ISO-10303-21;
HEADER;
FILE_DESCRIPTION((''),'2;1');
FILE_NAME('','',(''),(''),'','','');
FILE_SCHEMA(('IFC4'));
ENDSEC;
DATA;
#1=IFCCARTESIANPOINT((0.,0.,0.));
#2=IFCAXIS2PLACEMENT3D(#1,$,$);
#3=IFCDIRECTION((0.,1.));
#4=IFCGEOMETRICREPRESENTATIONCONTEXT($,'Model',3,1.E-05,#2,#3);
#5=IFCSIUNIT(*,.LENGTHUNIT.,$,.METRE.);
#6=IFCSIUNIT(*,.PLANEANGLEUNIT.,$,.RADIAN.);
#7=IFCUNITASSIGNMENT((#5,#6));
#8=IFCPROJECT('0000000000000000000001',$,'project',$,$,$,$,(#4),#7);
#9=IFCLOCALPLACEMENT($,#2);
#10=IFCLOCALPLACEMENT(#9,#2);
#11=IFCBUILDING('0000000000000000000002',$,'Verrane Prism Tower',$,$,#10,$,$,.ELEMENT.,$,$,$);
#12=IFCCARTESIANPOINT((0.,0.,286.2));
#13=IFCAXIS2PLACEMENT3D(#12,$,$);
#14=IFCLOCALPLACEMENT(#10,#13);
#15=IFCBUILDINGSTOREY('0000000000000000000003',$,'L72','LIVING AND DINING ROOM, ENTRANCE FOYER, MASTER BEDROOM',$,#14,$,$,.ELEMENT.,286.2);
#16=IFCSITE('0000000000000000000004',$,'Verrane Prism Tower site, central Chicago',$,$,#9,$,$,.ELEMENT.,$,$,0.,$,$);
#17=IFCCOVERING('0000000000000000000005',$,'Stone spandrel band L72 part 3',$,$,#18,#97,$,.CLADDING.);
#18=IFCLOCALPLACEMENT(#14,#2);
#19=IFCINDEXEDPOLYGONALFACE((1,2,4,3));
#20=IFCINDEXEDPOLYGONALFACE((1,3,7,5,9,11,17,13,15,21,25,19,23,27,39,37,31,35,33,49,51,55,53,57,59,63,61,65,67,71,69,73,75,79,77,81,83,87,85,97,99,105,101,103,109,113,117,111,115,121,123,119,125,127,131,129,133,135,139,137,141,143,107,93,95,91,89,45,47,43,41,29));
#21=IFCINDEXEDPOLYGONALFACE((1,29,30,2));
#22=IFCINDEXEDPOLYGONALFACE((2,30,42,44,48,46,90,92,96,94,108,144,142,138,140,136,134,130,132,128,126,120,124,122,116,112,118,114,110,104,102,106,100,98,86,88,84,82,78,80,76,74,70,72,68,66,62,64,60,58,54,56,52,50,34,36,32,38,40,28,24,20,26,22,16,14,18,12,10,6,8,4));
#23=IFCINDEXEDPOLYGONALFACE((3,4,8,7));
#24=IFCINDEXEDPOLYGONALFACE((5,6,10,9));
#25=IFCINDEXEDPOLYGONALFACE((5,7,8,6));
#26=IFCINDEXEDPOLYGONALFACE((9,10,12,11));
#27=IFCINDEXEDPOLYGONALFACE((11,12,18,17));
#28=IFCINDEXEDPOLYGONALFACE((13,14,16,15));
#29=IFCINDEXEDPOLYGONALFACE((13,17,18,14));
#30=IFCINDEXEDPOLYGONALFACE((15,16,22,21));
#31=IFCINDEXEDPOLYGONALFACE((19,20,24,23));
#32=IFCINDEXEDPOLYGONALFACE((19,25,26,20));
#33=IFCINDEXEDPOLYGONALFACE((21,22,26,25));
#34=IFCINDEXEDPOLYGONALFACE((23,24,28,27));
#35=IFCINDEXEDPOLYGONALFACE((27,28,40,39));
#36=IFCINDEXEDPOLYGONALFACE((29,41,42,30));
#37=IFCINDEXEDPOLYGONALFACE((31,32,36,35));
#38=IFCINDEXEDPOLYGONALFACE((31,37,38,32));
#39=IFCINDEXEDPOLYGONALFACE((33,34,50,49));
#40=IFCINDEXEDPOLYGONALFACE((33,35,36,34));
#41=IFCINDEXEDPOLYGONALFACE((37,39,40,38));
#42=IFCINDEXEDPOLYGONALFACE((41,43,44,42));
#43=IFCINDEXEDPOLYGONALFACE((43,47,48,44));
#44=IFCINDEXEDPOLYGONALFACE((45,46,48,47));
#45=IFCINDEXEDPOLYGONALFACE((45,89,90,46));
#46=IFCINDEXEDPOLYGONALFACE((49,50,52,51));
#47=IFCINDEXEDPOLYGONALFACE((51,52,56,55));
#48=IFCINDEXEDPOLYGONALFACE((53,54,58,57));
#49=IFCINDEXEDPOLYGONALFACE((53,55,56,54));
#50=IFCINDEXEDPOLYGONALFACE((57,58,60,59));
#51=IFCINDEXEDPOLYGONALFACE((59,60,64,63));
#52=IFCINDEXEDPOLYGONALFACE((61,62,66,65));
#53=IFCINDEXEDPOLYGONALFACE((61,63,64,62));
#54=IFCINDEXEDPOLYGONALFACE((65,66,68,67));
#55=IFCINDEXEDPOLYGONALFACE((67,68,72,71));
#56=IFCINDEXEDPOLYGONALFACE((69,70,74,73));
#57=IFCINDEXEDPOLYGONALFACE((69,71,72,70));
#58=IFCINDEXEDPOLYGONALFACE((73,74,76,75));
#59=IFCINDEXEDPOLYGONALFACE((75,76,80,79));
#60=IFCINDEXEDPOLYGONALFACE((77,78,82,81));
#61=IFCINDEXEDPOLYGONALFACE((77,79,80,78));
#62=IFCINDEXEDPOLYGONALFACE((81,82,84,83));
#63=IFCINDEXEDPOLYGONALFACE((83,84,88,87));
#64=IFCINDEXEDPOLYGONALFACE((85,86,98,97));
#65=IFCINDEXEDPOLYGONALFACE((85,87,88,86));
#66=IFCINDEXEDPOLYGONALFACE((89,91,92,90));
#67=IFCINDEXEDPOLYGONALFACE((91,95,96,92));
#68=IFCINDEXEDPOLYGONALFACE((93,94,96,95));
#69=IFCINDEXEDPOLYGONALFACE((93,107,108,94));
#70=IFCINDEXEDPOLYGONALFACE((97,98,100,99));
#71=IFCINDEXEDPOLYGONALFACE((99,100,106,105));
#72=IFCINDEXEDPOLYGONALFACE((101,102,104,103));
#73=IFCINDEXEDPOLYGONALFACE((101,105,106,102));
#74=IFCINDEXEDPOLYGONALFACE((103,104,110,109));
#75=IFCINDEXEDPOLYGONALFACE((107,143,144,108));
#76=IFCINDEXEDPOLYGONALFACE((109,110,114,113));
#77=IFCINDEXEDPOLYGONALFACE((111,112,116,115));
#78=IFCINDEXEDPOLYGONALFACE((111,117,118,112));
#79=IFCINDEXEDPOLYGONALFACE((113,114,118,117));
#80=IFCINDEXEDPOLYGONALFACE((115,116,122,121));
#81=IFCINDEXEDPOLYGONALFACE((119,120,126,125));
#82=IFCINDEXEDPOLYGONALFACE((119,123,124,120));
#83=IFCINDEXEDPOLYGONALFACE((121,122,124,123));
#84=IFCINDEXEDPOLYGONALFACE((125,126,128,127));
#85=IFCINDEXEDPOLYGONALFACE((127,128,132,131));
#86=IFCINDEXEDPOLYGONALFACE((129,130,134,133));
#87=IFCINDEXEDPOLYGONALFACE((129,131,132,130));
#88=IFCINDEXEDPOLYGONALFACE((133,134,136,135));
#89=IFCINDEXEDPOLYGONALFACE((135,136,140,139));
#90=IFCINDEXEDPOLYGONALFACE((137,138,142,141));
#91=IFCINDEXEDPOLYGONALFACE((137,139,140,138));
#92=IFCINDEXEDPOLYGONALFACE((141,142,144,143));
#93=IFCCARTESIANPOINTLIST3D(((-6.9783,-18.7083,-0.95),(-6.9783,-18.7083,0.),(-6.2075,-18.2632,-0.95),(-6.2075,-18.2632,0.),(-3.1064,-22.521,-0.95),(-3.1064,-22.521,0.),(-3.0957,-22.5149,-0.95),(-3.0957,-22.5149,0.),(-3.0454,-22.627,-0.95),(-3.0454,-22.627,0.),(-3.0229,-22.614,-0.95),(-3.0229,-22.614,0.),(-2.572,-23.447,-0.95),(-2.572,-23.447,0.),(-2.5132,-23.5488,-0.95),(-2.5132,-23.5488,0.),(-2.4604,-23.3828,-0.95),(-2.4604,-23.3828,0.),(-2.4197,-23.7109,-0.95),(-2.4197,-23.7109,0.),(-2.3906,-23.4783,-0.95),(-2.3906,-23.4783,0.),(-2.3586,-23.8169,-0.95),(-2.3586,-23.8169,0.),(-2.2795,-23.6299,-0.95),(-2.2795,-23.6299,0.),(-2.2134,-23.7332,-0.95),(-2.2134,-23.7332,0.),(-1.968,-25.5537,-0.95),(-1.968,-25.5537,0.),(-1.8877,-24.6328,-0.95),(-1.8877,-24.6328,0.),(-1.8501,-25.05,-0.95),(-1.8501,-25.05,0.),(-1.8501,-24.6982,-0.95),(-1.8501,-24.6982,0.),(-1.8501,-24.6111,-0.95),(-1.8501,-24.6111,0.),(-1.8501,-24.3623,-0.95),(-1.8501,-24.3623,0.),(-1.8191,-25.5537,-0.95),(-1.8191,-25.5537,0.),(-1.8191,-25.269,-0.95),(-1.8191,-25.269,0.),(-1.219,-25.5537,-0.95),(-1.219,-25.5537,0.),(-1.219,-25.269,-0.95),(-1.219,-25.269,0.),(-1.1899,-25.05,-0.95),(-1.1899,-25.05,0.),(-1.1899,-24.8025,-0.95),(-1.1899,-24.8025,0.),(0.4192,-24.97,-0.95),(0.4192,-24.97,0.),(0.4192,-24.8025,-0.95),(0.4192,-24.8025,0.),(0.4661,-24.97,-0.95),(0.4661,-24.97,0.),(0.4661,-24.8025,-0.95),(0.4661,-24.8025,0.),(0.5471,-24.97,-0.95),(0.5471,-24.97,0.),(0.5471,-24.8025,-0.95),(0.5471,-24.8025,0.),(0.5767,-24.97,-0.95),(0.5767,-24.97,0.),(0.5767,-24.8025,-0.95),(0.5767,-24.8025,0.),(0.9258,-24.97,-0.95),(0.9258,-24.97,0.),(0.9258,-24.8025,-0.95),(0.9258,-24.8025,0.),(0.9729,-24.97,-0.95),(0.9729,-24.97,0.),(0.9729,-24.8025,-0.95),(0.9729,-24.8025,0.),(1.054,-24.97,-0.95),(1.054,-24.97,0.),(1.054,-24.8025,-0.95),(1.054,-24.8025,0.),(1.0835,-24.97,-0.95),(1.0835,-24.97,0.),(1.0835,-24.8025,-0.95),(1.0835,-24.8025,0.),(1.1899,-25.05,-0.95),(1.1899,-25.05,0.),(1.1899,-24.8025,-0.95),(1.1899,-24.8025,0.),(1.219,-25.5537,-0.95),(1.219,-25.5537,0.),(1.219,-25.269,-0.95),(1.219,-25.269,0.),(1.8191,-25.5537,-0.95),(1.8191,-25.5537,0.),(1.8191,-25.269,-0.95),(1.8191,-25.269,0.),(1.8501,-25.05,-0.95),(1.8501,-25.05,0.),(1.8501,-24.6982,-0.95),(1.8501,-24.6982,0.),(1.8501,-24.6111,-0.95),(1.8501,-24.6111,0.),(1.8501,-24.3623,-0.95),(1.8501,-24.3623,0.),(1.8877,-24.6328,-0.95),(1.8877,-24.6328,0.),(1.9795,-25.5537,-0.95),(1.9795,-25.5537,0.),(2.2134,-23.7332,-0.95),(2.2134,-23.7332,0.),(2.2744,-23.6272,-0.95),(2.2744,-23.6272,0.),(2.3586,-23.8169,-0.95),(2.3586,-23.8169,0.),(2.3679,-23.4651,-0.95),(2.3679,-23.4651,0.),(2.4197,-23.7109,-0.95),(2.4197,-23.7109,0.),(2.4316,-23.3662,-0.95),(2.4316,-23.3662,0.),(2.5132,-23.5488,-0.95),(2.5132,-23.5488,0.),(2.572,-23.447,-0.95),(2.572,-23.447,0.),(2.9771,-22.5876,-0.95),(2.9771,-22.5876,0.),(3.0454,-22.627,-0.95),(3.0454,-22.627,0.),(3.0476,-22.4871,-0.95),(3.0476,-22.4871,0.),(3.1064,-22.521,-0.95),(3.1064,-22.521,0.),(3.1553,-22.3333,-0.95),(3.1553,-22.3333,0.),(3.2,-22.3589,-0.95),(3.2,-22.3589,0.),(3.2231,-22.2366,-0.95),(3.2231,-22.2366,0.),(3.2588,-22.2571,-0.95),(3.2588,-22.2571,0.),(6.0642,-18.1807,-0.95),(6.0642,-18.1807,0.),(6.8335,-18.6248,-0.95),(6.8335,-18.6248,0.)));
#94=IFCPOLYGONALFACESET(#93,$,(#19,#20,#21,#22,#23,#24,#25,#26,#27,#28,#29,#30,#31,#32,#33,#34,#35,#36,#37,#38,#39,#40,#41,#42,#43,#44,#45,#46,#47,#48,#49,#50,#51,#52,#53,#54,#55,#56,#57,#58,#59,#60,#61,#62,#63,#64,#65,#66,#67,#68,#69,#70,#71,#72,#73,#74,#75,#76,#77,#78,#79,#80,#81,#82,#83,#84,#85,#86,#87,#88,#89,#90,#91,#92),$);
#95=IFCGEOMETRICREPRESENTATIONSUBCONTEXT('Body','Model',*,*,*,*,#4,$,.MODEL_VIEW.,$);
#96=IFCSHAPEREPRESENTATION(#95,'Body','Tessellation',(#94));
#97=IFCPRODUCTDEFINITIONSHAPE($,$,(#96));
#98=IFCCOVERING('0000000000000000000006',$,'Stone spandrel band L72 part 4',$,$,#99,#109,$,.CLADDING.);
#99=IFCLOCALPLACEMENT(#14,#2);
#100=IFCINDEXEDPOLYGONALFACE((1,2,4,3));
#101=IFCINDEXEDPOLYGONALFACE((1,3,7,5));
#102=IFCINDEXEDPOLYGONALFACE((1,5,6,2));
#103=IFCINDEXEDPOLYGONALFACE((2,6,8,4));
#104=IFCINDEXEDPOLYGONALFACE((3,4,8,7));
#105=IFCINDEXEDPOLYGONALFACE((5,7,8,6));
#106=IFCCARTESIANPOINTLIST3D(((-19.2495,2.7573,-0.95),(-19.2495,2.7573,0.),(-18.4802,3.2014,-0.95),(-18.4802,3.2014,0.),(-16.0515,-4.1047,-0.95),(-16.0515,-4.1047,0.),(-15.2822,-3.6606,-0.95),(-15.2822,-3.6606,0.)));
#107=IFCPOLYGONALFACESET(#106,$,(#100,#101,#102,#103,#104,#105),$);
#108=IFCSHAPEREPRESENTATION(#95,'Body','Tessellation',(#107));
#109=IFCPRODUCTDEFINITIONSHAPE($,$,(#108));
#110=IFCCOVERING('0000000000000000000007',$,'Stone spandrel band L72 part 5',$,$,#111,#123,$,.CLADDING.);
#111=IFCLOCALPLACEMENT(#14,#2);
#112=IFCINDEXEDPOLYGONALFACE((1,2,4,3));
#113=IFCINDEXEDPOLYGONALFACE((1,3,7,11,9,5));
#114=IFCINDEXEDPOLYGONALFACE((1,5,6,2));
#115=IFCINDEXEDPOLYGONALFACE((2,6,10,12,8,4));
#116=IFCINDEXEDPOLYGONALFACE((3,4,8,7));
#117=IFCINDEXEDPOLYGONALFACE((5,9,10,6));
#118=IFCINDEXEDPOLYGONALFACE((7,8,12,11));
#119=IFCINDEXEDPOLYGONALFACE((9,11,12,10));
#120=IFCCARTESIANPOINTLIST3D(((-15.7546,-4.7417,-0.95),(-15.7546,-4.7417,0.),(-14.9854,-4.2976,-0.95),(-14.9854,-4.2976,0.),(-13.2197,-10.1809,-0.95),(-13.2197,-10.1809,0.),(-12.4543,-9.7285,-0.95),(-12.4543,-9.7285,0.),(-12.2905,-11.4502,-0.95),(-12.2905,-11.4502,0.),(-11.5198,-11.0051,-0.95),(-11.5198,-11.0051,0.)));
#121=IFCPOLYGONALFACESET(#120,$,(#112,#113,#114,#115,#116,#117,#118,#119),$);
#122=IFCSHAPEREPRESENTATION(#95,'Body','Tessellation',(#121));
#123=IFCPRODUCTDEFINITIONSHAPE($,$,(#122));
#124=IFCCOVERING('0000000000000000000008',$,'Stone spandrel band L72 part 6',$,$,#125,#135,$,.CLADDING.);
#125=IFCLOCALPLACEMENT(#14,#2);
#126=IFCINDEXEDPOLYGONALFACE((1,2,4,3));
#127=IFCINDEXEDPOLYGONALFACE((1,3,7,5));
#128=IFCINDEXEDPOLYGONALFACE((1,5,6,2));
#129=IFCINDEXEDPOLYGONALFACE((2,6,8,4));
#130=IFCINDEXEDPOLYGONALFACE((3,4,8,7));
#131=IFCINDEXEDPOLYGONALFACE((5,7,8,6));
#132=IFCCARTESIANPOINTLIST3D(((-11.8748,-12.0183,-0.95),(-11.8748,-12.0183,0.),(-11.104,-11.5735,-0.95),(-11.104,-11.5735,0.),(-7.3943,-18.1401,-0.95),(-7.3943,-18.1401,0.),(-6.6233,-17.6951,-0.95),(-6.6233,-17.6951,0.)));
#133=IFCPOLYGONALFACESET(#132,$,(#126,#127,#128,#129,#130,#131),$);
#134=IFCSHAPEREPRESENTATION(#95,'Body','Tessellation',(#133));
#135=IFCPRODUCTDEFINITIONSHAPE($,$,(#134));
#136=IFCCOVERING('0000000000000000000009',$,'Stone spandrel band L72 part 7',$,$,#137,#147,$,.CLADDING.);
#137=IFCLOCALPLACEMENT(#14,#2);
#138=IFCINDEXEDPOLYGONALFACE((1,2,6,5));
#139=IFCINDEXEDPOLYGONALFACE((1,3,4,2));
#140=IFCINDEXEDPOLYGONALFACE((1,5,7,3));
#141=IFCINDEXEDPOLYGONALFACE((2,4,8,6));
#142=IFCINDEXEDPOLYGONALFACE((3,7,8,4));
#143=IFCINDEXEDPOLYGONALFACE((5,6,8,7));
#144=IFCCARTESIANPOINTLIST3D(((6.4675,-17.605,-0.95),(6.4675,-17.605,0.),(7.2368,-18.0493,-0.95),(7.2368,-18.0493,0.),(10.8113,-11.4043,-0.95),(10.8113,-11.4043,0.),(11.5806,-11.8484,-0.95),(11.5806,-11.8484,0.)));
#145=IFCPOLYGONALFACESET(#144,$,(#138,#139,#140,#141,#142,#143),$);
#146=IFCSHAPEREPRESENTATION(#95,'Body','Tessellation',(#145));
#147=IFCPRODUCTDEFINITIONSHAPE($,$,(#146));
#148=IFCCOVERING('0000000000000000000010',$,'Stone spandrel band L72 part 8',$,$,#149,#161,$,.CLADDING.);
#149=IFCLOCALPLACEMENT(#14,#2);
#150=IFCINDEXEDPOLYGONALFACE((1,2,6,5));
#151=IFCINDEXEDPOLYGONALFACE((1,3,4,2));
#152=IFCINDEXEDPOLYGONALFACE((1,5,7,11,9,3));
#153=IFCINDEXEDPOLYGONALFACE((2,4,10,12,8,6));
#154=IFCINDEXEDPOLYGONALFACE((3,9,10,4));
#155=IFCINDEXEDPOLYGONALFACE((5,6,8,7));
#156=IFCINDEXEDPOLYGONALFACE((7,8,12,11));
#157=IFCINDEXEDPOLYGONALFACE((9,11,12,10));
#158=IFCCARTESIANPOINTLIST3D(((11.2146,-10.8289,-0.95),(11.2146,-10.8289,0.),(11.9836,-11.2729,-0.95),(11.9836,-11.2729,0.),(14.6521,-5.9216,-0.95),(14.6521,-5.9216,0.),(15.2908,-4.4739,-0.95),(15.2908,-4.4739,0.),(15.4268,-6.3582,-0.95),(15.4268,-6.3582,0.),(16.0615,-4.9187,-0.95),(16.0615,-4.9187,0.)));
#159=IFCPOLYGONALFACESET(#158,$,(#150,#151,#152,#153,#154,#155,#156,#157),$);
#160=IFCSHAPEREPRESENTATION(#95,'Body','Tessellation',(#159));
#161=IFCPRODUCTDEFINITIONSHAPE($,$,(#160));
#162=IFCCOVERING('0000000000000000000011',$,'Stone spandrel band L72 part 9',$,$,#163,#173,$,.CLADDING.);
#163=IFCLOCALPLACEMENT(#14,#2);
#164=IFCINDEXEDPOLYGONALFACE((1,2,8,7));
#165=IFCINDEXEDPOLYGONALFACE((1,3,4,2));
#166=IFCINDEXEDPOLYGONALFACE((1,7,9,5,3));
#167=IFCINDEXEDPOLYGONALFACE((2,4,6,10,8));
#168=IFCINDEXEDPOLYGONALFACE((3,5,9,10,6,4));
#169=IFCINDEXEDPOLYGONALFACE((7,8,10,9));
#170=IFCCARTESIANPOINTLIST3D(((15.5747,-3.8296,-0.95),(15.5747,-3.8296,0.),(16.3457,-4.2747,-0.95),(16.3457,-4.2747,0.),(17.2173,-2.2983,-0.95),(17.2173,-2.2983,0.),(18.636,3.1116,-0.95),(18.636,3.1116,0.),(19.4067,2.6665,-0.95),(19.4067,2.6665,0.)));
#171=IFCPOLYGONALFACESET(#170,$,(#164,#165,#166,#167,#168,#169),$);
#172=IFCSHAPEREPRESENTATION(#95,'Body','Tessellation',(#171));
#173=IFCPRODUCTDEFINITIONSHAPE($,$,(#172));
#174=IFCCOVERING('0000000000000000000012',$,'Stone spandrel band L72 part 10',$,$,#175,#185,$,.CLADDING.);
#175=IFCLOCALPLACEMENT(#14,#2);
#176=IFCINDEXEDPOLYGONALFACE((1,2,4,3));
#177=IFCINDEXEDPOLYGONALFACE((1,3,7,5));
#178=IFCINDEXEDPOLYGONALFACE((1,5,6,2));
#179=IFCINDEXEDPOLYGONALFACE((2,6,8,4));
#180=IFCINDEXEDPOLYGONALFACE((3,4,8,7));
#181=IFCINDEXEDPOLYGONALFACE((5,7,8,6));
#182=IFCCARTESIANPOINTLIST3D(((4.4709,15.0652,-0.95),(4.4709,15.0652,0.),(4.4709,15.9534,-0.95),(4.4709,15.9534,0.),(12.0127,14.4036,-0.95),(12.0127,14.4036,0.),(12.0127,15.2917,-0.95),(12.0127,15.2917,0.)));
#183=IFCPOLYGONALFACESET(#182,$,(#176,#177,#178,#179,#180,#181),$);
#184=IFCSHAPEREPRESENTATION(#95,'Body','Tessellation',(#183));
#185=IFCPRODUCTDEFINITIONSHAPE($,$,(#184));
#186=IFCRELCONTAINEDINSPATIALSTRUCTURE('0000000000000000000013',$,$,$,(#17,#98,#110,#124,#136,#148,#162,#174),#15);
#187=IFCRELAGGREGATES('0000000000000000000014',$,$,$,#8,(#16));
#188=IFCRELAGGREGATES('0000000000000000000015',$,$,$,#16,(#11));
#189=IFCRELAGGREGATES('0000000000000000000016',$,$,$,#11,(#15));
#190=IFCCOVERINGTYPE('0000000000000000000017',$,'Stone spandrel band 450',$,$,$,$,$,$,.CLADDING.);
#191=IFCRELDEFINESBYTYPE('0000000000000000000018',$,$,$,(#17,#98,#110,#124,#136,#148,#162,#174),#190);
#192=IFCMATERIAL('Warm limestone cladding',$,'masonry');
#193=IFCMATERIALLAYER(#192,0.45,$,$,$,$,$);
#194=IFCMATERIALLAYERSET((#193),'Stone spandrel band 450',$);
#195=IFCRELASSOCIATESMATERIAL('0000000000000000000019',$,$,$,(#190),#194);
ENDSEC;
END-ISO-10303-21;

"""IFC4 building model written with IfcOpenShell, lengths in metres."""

from ifc_helpers import new_model, si_unit, direction, frame, origin, place, context, subcontext, project, spatial, polyline, outline, extrude, material, layer, layer_set, type_object, element, save


model = new_model("IFC4")

# Units and contexts
model_context = context("Model", 3, precision=1e-05, world=origin(), true_north=direction((0.0, 1.0)))
body_context = subcontext(model_context, "Body", "Model", "MODEL_VIEW")
ifc_project = project(units=[si_unit("LENGTHUNIT", "METRE"), si_unit("PLANEANGLEUNIT", "RADIAN")], contexts=[model_context])

# Site, building, storey
site_placement = place(None, origin())
site = spatial("IfcSite", under=ifc_project, at=site_placement, Name="Verrane Prism Tower site, central Chicago", CompositionType="ELEMENT", RefElevation=0.0)
building_placement = place(site_placement, origin())
building = spatial("IfcBuilding", under=site, at=building_placement, Name="Verrane Prism Tower", CompositionType="ELEMENT")
storey_placement = place(building_placement, frame((0.0, 0.0, 286.2)))
storey = spatial("IfcBuildingStorey", under=building, at=storey_placement, Name="L72", Description="LIVING AND DINING ROOM, ENTRANCE FOYER, MASTER BEDROOM", CompositionType="ELEMENT", Elevation=286.2)

# Coverings
ifc_material_1 = material(Name="Warm limestone cladding", Category="masonry")
ifc_layer_1 = layer(ifc_material_1, 0.45)
ifc_layer_set_1 = layer_set([ifc_layer_1], Name="Stone spandrel band 450")
covering_type_1 = type_object("IfcCoveringType", Name="Stone spandrel band 450", PredefinedType="CLADDING", material=ifc_layer_set_1)
covering_1_placement = place(storey_placement, frame((0.0, 0.0, -0.95)))
element("IfcCovering", 1, at=covering_1_placement, inside=storey, type_object=covering_type_1, Name="Stone spandrel band L72 part 3", PredefinedType="CLADDING", context=body_context, shape_type="SweptSolid", body=[
    extrude(outline(polyline([(1.9795, -25.5537), (6.8335, -18.6248), (6.0642, -18.1807), (3.2231, -22.2366), (3.2588, -22.2571), (3.2, -22.3589), (3.1553, -22.3333), (3.0476, -22.4871), (3.1064, -22.521), (3.0454, -22.627), (2.9771, -22.5876), (2.4316, -23.3662), (2.572, -23.447), (2.5132, -23.5488), (2.3679, -23.4651), (2.2744, -23.6272), (2.4197, -23.7109), (2.3586, -23.8169), (2.2134, -23.7332), (1.8501, -24.3623), (1.8501, -24.6111), (1.8877, -24.6328), (1.8501, -24.6982), (1.8501, -25.05), (1.1899, -25.05), (1.1899, -24.8025), (1.0835, -24.8025), (1.0835, -24.97), (1.054, -24.97), (1.054, -24.8025), (0.9729, -24.8025), (0.9729, -24.97), (0.9258, -24.97), (0.9258, -24.8025), (0.5767, -24.8025), (0.5767, -24.97), (0.5471, -24.97), (0.5471, -24.8025), (0.4661, -24.8025), (0.4661, -24.97), (0.4192, -24.97), (0.4192, -24.8025), (-1.1899, -24.8025), (-1.1899, -25.05), (-1.8501, -25.05), (-1.8501, -24.6982), (-1.8877, -24.6328), (-1.8501, -24.6111), (-1.8501, -24.3623), (-2.2134, -23.7332), (-2.3586, -23.8169), (-2.4197, -23.7109), (-2.2795, -23.6299), (-2.3906, -23.4783), (-2.5132, -23.5488), (-2.572, -23.447), (-2.4604, -23.3828), (-3.0229, -22.614), (-3.0454, -22.627), (-3.1064, -22.521), (-3.0957, -22.5149), (-6.2075, -18.2632), (-6.9783, -18.7083), (-1.968, -25.5537), (-1.8191, -25.5537), (-1.8191, -25.269), (-1.219, -25.269), (-1.219, -25.5537), (1.219, -25.5537), (1.219, -25.269), (1.8191, -25.269), (1.8191, -25.5537), (1.9795, -25.5537)])), origin(), (0.0, 0.0, 1.0), 0.95),
])
covering_2_placement = place(storey_placement, frame((0.0, 0.0, -0.95)))
element("IfcCovering", 2, at=covering_2_placement, inside=storey, type_object=covering_type_1, Name="Stone spandrel band L72 part 4", PredefinedType="CLADDING", context=body_context, shape_type="SweptSolid", body=[
    extrude(outline(polyline([(-15.2822, -3.6606), (-18.4802, 3.2014), (-19.2495, 2.7573), (-16.0515, -4.1047), (-15.2822, -3.6606)])), origin(), (0.0, 0.0, 1.0), 0.95),
])
covering_3_placement = place(storey_placement, frame((0.0, 0.0, -0.95)))
element("IfcCovering", 3, at=covering_3_placement, inside=storey, type_object=covering_type_1, Name="Stone spandrel band L72 part 5", PredefinedType="CLADDING", context=body_context, shape_type="SweptSolid", body=[
    extrude(outline(polyline([(-12.2905, -11.4502), (-11.5198, -11.0051), (-12.4543, -9.7285), (-14.9854, -4.2976), (-15.7546, -4.7417), (-13.2197, -10.1809), (-12.2905, -11.4502)])), origin(), (0.0, 0.0, 1.0), 0.95),
])
covering_4_placement = place(storey_placement, frame((0.0, 0.0, -0.95)))
element("IfcCovering", 4, at=covering_4_placement, inside=storey, type_object=covering_type_1, Name="Stone spandrel band L72 part 6", PredefinedType="CLADDING", context=body_context, shape_type="SweptSolid", body=[
    extrude(outline(polyline([(-7.3943, -18.1401), (-6.6233, -17.6951), (-11.104, -11.5735), (-11.8748, -12.0183), (-7.3943, -18.1401)])), origin(), (0.0, 0.0, 1.0), 0.95),
])
covering_5_placement = place(storey_placement, frame((0.0, 0.0, -0.95)))
element("IfcCovering", 5, at=covering_5_placement, inside=storey, type_object=covering_type_1, Name="Stone spandrel band L72 part 7", PredefinedType="CLADDING", context=body_context, shape_type="SweptSolid", body=[
    extrude(outline(polyline([(11.5806, -11.8484), (10.8113, -11.4043), (6.4675, -17.605), (7.2368, -18.0493), (11.5806, -11.8484)])), origin(), (0.0, 0.0, 1.0), 0.95),
])
covering_6_placement = place(storey_placement, frame((0.0, 0.0, -0.95)))
element("IfcCovering", 6, at=covering_6_placement, inside=storey, type_object=covering_type_1, Name="Stone spandrel band L72 part 8", PredefinedType="CLADDING", context=body_context, shape_type="SweptSolid", body=[
    extrude(outline(polyline([(16.0615, -4.9187), (15.2908, -4.4739), (14.6521, -5.9216), (11.2146, -10.8289), (11.9836, -11.2729), (15.4268, -6.3582), (16.0615, -4.9187)])), origin(), (0.0, 0.0, 1.0), 0.95),
])
covering_7_placement = place(storey_placement, frame((0.0, 0.0, -0.95)))
element("IfcCovering", 7, at=covering_7_placement, inside=storey, type_object=covering_type_1, Name="Stone spandrel band L72 part 9", PredefinedType="CLADDING", context=body_context, shape_type="SweptSolid", body=[
    extrude(outline(polyline([(18.636, 3.1116), (15.5747, -3.8296), (16.3457, -4.2747), (17.2173, -2.2983), (19.4067, 2.6665), (18.636, 3.1116)])), origin(), (0.0, 0.0, 1.0), 0.95),
])
covering_8_placement = place(storey_placement, frame((0.0, 0.0, -0.95)))
element("IfcCovering", 8, at=covering_8_placement, inside=storey, type_object=covering_type_1, Name="Stone spandrel band L72 part 10", PredefinedType="CLADDING", context=body_context, shape_type="SweptSolid", body=[
    extrude(outline(polyline([(4.4709, 15.0652), (12.0127, 14.4036), (12.0127, 15.2917), (4.4709, 15.9534), (4.4709, 15.0652)])), origin(), (0.0, 0.0, 1.0), 0.95),
])

save(model, "model.ifc")
